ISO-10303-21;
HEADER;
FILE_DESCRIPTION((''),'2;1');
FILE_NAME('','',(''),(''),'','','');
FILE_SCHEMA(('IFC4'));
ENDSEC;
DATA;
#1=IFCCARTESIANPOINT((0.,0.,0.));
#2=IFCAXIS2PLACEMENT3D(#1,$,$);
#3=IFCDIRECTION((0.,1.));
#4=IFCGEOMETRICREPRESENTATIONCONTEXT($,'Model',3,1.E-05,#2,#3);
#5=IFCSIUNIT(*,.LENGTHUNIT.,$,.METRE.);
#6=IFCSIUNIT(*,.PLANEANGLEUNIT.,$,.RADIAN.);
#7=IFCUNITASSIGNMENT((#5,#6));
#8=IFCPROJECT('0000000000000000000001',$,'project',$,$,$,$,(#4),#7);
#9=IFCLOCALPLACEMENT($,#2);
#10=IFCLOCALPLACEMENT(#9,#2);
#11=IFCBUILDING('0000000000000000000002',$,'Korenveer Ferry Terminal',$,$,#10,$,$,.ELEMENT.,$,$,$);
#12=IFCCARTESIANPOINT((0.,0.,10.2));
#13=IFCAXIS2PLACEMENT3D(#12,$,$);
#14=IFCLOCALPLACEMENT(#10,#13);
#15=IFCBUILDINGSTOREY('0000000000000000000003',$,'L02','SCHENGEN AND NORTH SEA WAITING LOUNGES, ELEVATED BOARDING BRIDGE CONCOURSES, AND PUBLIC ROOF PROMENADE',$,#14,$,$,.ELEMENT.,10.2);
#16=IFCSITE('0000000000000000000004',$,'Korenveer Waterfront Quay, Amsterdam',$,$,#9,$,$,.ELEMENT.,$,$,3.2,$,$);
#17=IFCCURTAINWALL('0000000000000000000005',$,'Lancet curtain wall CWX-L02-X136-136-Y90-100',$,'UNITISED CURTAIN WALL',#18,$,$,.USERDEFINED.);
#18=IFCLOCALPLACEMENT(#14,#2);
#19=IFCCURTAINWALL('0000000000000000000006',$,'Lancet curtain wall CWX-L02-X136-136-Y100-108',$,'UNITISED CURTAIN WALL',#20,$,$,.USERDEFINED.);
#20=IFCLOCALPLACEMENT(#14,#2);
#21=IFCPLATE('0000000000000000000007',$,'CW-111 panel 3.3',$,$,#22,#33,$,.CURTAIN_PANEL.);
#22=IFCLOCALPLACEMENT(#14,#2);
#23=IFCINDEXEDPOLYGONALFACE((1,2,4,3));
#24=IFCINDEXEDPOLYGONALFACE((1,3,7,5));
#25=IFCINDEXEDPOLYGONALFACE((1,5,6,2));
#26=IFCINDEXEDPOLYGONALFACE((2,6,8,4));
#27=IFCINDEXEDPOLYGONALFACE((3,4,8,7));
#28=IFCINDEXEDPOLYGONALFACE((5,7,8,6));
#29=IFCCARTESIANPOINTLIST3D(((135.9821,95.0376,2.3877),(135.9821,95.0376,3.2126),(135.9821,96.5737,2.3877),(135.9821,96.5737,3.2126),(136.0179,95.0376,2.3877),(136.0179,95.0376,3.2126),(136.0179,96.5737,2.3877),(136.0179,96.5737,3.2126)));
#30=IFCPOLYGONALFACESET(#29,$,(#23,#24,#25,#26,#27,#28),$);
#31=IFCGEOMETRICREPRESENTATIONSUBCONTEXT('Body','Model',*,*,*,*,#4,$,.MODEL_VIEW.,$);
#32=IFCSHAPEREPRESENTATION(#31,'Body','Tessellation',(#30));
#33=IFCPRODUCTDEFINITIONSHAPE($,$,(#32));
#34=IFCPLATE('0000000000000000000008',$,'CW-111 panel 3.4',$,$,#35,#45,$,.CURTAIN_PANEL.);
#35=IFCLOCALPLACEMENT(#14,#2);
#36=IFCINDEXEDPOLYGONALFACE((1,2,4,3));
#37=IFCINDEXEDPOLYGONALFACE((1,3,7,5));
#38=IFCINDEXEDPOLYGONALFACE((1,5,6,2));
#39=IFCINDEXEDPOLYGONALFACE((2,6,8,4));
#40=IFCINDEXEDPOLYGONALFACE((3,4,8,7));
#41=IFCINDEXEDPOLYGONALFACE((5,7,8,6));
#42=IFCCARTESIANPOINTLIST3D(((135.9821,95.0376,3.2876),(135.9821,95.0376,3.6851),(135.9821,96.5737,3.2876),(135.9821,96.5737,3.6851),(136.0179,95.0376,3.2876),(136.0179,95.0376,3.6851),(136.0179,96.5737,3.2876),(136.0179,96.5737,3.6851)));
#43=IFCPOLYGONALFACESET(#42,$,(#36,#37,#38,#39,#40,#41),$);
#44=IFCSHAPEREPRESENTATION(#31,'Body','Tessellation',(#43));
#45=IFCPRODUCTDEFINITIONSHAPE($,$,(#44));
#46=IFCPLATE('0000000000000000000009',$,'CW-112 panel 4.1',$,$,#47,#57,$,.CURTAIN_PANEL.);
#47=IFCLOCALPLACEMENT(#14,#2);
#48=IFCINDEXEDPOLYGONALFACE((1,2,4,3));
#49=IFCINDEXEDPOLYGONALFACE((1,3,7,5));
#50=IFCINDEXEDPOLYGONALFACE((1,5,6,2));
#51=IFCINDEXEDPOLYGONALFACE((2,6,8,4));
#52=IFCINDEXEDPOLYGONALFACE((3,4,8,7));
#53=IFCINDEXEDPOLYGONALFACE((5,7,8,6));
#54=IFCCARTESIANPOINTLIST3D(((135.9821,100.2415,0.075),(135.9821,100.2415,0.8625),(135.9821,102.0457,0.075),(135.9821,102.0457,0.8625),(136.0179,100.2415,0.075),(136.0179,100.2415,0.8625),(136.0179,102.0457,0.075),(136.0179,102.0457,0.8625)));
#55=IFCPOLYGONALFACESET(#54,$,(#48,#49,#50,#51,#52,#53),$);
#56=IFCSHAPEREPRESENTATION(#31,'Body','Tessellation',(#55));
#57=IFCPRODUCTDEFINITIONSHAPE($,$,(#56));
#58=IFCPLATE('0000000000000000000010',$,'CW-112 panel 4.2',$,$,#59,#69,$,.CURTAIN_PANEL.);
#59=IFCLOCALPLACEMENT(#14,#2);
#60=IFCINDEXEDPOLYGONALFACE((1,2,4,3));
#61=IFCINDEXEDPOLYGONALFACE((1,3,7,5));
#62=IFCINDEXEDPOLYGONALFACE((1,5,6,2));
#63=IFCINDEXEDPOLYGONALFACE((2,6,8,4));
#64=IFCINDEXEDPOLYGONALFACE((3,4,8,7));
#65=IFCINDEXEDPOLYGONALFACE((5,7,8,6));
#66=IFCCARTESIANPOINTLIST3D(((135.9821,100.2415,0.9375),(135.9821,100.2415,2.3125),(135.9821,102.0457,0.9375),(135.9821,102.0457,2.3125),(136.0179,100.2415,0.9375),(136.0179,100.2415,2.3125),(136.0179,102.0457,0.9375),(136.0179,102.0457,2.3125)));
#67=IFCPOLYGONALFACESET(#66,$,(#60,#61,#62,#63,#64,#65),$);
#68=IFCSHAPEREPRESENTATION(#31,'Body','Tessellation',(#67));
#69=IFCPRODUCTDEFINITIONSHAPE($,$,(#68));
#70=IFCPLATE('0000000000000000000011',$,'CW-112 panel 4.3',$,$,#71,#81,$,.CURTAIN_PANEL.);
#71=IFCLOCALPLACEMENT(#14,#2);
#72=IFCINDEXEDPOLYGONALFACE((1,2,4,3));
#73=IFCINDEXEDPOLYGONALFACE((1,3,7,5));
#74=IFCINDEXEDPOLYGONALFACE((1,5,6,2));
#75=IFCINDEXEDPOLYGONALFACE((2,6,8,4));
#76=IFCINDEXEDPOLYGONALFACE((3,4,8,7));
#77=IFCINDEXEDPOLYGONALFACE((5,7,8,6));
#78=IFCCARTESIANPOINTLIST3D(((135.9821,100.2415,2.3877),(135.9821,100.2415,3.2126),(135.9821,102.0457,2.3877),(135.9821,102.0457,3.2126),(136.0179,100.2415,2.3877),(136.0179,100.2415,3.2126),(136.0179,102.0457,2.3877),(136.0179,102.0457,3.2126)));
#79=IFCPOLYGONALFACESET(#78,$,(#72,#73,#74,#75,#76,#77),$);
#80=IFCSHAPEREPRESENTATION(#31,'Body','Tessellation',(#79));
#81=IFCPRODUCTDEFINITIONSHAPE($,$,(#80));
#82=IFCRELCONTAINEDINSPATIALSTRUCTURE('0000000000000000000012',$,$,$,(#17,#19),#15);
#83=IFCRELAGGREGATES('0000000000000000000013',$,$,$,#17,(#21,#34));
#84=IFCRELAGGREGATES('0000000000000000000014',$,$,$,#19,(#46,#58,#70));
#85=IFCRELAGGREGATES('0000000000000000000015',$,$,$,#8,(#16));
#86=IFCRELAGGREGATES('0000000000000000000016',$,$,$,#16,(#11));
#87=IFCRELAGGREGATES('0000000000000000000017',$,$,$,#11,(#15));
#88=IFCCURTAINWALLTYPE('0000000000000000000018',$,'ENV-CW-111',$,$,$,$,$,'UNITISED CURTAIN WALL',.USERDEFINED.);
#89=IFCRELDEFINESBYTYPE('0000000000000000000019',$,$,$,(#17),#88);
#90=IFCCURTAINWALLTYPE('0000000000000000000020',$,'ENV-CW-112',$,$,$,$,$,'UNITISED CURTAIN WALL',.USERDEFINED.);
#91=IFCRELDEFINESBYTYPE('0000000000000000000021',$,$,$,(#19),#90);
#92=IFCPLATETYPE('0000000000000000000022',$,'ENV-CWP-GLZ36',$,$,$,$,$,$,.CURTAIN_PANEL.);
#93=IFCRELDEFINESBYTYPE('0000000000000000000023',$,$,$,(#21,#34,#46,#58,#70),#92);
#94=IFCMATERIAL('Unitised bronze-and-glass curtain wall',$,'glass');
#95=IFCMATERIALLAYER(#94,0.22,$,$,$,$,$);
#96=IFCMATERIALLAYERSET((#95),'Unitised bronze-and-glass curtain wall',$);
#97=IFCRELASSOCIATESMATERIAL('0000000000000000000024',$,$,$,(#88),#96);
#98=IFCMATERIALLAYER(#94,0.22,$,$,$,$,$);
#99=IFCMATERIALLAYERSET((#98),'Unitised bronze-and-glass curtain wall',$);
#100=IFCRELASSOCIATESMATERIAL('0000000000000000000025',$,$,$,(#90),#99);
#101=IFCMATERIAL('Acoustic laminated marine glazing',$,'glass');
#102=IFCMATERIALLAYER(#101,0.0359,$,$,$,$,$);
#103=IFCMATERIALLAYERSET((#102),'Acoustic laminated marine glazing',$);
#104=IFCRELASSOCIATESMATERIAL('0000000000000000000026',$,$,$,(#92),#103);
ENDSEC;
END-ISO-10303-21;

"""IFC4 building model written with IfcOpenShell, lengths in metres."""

from ifc_helpers import new_model, si_unit, direction, frame, origin, origin_2d, place, context, subcontext, project, spatial, rectangle, extrude, material, layer, layer_set, type_object, element, aggregate, save


model = new_model("IFC4")

# Units and contexts
model_context = context("Model", 3, precision=1e-05, world=origin(), true_north=direction((0.0, 1.0)))
body_context = subcontext(model_context, "Body", "Model", "MODEL_VIEW")
ifc_project = project(units=[si_unit("LENGTHUNIT", "METRE"), si_unit("PLANEANGLEUNIT", "RADIAN")], contexts=[model_context])

# Site, building, storey
site_placement = place(None, origin())
site = spatial("IfcSite", under=ifc_project, at=site_placement, Name="Korenveer Waterfront Quay, Amsterdam", CompositionType="ELEMENT", RefElevation=3.2)
building_placement = place(site_placement, origin())
building = spatial("IfcBuilding", under=site, at=building_placement, Name="Korenveer Ferry Terminal", CompositionType="ELEMENT")
storey_placement = place(building_placement, frame((0.0, 0.0, 10.2)))
storey = spatial("IfcBuildingStorey", under=building, at=storey_placement, Name="L02", Description="SCHENGEN AND NORTH SEA WAITING LOUNGES, ELEVATED BOARDING BRIDGE CONCOURSES, AND PUBLIC ROOF PROMENADE", CompositionType="ELEMENT", Elevation=10.2)

# Curtain wall
ifc_material_1 = material(Name="Unitised bronze-and-glass curtain wall", Category="glass")
ifc_layer_1 = layer(ifc_material_1, 0.22)
ifc_layer_set_1 = layer_set([ifc_layer_1], Name="Unitised bronze-and-glass curtain wall")
curtain_wall_type_1 = type_object("IfcCurtainWallType", Name="ENV-CW-111", ElementType="UNITISED CURTAIN WALL", PredefinedType="USERDEFINED", material=ifc_layer_set_1)
curtain_wall_1_placement = place(storey_placement, frame((136.0, 99.8335, 0.0)))
curtain_wall_1 = element("IfcCurtainWall", 1, at=curtain_wall_1_placement, inside=storey, type_object=curtain_wall_type_1, Name="Lancet curtain wall CWX-L02-X136-136-Y90-100", ObjectType="UNITISED CURTAIN WALL", PredefinedType="USERDEFINED")

# Curtain wall
ifc_layer_2 = layer(ifc_material_1, 0.22)
ifc_layer_set_2 = layer_set([ifc_layer_2], Name="Unitised bronze-and-glass curtain wall")
curtain_wall_type_2 = type_object("IfcCurtainWallType", Name="ENV-CW-112", ElementType="UNITISED CURTAIN WALL", PredefinedType="USERDEFINED", material=ifc_layer_set_2)
curtain_wall_2_placement = place(storey_placement, frame((136.0, 107.8335, 0.0)))
curtain_wall_2 = element("IfcCurtainWall", 2, at=curtain_wall_2_placement, inside=storey, type_object=curtain_wall_type_2, Name="Lancet curtain wall CWX-L02-X136-136-Y100-108", ObjectType="UNITISED CURTAIN WALL", PredefinedType="USERDEFINED")

# Plates
ifc_material_2 = material(Name="Acoustic laminated marine glazing", Category="glass")
ifc_layer_3 = layer(ifc_material_2, 0.0359)
ifc_layer_set_3 = layer_set([ifc_layer_3], Name="Acoustic laminated marine glazing")
plate_type = type_object("IfcPlateType", Name="ENV-CWP-GLZ36", PredefinedType="CURTAIN_PANEL", material=ifc_layer_set_3)
plate_1_placement = place(storey_placement, frame((136.0, 95.8057, 2.3877), z_axis=(0.0, 0.0, 1.0), x_axis=(0.0, -1.0, 0.0)))
plate_1 = element("IfcPlate", 3, at=plate_1_placement, type_object=plate_type, Name="CW-111 panel 3.3", PredefinedType="CURTAIN_PANEL", context=body_context, shape_type="SweptSolid", body=[
    extrude(rectangle(XDim=1.5361, YDim=0.0359, at=origin_2d()), origin(), (0.0, 0.0, 1.0), 0.825),
])
plate_2_placement = place(storey_placement, frame((136.0, 95.8057, 3.2876), z_axis=(0.0, 0.0, 1.0), x_axis=(0.0, -1.0, 0.0)))
plate_2 = element("IfcPlate", 4, at=plate_2_placement, type_object=plate_type, Name="CW-111 panel 3.4", PredefinedType="CURTAIN_PANEL", context=body_context, shape_type="SweptSolid", body=[
    extrude(rectangle(XDim=1.5361, YDim=0.0359, at=origin_2d()), origin(), (0.0, 0.0, 1.0), 0.3975),
])
aggregate(curtain_wall_1, [plate_1, plate_2])
plate_3_placement = place(storey_placement, frame((136.0, 101.1436, 0.075), z_axis=(0.0, 0.0, 1.0), x_axis=(0.0, -1.0, 0.0)))
plate_3 = element("IfcPlate", 5, at=plate_3_placement, type_object=plate_type, Name="CW-112 panel 4.1", PredefinedType="CURTAIN_PANEL", context=body_context, shape_type="SweptSolid", body=[
    extrude(rectangle(XDim=1.8042, YDim=0.0359, at=origin_2d()), origin(), (0.0, 0.0, 1.0), 0.7876),
])
plate_4_placement = place(storey_placement, frame((136.0, 101.1436, 0.9375), z_axis=(0.0, 0.0, 1.0), x_axis=(0.0, -1.0, 0.0)))
plate_4 = element("IfcPlate", 6, at=plate_4_placement, type_object=plate_type, Name="CW-112 panel 4.2", PredefinedType="CURTAIN_PANEL", context=body_context, shape_type="SweptSolid", body=[
    extrude(rectangle(XDim=1.8042, YDim=0.0359, at=origin_2d()), origin(), (0.0, 0.0, 1.0), 1.375),
])
plate_5_placement = place(storey_placement, frame((136.0, 101.1436, 2.3877), z_axis=(0.0, 0.0, 1.0), x_axis=(0.0, -1.0, 0.0)))
plate_5 = element("IfcPlate", 7, at=plate_5_placement, type_object=plate_type, Name="CW-112 panel 4.3", PredefinedType="CURTAIN_PANEL", context=body_context, shape_type="SweptSolid", body=[
    extrude(rectangle(XDim=1.8042, YDim=0.0359, at=origin_2d()), origin(), (0.0, 0.0, 1.0), 0.825),
])
aggregate(curtain_wall_2, [plate_3, plate_4, plate_5])

save(model, "model.ifc")
